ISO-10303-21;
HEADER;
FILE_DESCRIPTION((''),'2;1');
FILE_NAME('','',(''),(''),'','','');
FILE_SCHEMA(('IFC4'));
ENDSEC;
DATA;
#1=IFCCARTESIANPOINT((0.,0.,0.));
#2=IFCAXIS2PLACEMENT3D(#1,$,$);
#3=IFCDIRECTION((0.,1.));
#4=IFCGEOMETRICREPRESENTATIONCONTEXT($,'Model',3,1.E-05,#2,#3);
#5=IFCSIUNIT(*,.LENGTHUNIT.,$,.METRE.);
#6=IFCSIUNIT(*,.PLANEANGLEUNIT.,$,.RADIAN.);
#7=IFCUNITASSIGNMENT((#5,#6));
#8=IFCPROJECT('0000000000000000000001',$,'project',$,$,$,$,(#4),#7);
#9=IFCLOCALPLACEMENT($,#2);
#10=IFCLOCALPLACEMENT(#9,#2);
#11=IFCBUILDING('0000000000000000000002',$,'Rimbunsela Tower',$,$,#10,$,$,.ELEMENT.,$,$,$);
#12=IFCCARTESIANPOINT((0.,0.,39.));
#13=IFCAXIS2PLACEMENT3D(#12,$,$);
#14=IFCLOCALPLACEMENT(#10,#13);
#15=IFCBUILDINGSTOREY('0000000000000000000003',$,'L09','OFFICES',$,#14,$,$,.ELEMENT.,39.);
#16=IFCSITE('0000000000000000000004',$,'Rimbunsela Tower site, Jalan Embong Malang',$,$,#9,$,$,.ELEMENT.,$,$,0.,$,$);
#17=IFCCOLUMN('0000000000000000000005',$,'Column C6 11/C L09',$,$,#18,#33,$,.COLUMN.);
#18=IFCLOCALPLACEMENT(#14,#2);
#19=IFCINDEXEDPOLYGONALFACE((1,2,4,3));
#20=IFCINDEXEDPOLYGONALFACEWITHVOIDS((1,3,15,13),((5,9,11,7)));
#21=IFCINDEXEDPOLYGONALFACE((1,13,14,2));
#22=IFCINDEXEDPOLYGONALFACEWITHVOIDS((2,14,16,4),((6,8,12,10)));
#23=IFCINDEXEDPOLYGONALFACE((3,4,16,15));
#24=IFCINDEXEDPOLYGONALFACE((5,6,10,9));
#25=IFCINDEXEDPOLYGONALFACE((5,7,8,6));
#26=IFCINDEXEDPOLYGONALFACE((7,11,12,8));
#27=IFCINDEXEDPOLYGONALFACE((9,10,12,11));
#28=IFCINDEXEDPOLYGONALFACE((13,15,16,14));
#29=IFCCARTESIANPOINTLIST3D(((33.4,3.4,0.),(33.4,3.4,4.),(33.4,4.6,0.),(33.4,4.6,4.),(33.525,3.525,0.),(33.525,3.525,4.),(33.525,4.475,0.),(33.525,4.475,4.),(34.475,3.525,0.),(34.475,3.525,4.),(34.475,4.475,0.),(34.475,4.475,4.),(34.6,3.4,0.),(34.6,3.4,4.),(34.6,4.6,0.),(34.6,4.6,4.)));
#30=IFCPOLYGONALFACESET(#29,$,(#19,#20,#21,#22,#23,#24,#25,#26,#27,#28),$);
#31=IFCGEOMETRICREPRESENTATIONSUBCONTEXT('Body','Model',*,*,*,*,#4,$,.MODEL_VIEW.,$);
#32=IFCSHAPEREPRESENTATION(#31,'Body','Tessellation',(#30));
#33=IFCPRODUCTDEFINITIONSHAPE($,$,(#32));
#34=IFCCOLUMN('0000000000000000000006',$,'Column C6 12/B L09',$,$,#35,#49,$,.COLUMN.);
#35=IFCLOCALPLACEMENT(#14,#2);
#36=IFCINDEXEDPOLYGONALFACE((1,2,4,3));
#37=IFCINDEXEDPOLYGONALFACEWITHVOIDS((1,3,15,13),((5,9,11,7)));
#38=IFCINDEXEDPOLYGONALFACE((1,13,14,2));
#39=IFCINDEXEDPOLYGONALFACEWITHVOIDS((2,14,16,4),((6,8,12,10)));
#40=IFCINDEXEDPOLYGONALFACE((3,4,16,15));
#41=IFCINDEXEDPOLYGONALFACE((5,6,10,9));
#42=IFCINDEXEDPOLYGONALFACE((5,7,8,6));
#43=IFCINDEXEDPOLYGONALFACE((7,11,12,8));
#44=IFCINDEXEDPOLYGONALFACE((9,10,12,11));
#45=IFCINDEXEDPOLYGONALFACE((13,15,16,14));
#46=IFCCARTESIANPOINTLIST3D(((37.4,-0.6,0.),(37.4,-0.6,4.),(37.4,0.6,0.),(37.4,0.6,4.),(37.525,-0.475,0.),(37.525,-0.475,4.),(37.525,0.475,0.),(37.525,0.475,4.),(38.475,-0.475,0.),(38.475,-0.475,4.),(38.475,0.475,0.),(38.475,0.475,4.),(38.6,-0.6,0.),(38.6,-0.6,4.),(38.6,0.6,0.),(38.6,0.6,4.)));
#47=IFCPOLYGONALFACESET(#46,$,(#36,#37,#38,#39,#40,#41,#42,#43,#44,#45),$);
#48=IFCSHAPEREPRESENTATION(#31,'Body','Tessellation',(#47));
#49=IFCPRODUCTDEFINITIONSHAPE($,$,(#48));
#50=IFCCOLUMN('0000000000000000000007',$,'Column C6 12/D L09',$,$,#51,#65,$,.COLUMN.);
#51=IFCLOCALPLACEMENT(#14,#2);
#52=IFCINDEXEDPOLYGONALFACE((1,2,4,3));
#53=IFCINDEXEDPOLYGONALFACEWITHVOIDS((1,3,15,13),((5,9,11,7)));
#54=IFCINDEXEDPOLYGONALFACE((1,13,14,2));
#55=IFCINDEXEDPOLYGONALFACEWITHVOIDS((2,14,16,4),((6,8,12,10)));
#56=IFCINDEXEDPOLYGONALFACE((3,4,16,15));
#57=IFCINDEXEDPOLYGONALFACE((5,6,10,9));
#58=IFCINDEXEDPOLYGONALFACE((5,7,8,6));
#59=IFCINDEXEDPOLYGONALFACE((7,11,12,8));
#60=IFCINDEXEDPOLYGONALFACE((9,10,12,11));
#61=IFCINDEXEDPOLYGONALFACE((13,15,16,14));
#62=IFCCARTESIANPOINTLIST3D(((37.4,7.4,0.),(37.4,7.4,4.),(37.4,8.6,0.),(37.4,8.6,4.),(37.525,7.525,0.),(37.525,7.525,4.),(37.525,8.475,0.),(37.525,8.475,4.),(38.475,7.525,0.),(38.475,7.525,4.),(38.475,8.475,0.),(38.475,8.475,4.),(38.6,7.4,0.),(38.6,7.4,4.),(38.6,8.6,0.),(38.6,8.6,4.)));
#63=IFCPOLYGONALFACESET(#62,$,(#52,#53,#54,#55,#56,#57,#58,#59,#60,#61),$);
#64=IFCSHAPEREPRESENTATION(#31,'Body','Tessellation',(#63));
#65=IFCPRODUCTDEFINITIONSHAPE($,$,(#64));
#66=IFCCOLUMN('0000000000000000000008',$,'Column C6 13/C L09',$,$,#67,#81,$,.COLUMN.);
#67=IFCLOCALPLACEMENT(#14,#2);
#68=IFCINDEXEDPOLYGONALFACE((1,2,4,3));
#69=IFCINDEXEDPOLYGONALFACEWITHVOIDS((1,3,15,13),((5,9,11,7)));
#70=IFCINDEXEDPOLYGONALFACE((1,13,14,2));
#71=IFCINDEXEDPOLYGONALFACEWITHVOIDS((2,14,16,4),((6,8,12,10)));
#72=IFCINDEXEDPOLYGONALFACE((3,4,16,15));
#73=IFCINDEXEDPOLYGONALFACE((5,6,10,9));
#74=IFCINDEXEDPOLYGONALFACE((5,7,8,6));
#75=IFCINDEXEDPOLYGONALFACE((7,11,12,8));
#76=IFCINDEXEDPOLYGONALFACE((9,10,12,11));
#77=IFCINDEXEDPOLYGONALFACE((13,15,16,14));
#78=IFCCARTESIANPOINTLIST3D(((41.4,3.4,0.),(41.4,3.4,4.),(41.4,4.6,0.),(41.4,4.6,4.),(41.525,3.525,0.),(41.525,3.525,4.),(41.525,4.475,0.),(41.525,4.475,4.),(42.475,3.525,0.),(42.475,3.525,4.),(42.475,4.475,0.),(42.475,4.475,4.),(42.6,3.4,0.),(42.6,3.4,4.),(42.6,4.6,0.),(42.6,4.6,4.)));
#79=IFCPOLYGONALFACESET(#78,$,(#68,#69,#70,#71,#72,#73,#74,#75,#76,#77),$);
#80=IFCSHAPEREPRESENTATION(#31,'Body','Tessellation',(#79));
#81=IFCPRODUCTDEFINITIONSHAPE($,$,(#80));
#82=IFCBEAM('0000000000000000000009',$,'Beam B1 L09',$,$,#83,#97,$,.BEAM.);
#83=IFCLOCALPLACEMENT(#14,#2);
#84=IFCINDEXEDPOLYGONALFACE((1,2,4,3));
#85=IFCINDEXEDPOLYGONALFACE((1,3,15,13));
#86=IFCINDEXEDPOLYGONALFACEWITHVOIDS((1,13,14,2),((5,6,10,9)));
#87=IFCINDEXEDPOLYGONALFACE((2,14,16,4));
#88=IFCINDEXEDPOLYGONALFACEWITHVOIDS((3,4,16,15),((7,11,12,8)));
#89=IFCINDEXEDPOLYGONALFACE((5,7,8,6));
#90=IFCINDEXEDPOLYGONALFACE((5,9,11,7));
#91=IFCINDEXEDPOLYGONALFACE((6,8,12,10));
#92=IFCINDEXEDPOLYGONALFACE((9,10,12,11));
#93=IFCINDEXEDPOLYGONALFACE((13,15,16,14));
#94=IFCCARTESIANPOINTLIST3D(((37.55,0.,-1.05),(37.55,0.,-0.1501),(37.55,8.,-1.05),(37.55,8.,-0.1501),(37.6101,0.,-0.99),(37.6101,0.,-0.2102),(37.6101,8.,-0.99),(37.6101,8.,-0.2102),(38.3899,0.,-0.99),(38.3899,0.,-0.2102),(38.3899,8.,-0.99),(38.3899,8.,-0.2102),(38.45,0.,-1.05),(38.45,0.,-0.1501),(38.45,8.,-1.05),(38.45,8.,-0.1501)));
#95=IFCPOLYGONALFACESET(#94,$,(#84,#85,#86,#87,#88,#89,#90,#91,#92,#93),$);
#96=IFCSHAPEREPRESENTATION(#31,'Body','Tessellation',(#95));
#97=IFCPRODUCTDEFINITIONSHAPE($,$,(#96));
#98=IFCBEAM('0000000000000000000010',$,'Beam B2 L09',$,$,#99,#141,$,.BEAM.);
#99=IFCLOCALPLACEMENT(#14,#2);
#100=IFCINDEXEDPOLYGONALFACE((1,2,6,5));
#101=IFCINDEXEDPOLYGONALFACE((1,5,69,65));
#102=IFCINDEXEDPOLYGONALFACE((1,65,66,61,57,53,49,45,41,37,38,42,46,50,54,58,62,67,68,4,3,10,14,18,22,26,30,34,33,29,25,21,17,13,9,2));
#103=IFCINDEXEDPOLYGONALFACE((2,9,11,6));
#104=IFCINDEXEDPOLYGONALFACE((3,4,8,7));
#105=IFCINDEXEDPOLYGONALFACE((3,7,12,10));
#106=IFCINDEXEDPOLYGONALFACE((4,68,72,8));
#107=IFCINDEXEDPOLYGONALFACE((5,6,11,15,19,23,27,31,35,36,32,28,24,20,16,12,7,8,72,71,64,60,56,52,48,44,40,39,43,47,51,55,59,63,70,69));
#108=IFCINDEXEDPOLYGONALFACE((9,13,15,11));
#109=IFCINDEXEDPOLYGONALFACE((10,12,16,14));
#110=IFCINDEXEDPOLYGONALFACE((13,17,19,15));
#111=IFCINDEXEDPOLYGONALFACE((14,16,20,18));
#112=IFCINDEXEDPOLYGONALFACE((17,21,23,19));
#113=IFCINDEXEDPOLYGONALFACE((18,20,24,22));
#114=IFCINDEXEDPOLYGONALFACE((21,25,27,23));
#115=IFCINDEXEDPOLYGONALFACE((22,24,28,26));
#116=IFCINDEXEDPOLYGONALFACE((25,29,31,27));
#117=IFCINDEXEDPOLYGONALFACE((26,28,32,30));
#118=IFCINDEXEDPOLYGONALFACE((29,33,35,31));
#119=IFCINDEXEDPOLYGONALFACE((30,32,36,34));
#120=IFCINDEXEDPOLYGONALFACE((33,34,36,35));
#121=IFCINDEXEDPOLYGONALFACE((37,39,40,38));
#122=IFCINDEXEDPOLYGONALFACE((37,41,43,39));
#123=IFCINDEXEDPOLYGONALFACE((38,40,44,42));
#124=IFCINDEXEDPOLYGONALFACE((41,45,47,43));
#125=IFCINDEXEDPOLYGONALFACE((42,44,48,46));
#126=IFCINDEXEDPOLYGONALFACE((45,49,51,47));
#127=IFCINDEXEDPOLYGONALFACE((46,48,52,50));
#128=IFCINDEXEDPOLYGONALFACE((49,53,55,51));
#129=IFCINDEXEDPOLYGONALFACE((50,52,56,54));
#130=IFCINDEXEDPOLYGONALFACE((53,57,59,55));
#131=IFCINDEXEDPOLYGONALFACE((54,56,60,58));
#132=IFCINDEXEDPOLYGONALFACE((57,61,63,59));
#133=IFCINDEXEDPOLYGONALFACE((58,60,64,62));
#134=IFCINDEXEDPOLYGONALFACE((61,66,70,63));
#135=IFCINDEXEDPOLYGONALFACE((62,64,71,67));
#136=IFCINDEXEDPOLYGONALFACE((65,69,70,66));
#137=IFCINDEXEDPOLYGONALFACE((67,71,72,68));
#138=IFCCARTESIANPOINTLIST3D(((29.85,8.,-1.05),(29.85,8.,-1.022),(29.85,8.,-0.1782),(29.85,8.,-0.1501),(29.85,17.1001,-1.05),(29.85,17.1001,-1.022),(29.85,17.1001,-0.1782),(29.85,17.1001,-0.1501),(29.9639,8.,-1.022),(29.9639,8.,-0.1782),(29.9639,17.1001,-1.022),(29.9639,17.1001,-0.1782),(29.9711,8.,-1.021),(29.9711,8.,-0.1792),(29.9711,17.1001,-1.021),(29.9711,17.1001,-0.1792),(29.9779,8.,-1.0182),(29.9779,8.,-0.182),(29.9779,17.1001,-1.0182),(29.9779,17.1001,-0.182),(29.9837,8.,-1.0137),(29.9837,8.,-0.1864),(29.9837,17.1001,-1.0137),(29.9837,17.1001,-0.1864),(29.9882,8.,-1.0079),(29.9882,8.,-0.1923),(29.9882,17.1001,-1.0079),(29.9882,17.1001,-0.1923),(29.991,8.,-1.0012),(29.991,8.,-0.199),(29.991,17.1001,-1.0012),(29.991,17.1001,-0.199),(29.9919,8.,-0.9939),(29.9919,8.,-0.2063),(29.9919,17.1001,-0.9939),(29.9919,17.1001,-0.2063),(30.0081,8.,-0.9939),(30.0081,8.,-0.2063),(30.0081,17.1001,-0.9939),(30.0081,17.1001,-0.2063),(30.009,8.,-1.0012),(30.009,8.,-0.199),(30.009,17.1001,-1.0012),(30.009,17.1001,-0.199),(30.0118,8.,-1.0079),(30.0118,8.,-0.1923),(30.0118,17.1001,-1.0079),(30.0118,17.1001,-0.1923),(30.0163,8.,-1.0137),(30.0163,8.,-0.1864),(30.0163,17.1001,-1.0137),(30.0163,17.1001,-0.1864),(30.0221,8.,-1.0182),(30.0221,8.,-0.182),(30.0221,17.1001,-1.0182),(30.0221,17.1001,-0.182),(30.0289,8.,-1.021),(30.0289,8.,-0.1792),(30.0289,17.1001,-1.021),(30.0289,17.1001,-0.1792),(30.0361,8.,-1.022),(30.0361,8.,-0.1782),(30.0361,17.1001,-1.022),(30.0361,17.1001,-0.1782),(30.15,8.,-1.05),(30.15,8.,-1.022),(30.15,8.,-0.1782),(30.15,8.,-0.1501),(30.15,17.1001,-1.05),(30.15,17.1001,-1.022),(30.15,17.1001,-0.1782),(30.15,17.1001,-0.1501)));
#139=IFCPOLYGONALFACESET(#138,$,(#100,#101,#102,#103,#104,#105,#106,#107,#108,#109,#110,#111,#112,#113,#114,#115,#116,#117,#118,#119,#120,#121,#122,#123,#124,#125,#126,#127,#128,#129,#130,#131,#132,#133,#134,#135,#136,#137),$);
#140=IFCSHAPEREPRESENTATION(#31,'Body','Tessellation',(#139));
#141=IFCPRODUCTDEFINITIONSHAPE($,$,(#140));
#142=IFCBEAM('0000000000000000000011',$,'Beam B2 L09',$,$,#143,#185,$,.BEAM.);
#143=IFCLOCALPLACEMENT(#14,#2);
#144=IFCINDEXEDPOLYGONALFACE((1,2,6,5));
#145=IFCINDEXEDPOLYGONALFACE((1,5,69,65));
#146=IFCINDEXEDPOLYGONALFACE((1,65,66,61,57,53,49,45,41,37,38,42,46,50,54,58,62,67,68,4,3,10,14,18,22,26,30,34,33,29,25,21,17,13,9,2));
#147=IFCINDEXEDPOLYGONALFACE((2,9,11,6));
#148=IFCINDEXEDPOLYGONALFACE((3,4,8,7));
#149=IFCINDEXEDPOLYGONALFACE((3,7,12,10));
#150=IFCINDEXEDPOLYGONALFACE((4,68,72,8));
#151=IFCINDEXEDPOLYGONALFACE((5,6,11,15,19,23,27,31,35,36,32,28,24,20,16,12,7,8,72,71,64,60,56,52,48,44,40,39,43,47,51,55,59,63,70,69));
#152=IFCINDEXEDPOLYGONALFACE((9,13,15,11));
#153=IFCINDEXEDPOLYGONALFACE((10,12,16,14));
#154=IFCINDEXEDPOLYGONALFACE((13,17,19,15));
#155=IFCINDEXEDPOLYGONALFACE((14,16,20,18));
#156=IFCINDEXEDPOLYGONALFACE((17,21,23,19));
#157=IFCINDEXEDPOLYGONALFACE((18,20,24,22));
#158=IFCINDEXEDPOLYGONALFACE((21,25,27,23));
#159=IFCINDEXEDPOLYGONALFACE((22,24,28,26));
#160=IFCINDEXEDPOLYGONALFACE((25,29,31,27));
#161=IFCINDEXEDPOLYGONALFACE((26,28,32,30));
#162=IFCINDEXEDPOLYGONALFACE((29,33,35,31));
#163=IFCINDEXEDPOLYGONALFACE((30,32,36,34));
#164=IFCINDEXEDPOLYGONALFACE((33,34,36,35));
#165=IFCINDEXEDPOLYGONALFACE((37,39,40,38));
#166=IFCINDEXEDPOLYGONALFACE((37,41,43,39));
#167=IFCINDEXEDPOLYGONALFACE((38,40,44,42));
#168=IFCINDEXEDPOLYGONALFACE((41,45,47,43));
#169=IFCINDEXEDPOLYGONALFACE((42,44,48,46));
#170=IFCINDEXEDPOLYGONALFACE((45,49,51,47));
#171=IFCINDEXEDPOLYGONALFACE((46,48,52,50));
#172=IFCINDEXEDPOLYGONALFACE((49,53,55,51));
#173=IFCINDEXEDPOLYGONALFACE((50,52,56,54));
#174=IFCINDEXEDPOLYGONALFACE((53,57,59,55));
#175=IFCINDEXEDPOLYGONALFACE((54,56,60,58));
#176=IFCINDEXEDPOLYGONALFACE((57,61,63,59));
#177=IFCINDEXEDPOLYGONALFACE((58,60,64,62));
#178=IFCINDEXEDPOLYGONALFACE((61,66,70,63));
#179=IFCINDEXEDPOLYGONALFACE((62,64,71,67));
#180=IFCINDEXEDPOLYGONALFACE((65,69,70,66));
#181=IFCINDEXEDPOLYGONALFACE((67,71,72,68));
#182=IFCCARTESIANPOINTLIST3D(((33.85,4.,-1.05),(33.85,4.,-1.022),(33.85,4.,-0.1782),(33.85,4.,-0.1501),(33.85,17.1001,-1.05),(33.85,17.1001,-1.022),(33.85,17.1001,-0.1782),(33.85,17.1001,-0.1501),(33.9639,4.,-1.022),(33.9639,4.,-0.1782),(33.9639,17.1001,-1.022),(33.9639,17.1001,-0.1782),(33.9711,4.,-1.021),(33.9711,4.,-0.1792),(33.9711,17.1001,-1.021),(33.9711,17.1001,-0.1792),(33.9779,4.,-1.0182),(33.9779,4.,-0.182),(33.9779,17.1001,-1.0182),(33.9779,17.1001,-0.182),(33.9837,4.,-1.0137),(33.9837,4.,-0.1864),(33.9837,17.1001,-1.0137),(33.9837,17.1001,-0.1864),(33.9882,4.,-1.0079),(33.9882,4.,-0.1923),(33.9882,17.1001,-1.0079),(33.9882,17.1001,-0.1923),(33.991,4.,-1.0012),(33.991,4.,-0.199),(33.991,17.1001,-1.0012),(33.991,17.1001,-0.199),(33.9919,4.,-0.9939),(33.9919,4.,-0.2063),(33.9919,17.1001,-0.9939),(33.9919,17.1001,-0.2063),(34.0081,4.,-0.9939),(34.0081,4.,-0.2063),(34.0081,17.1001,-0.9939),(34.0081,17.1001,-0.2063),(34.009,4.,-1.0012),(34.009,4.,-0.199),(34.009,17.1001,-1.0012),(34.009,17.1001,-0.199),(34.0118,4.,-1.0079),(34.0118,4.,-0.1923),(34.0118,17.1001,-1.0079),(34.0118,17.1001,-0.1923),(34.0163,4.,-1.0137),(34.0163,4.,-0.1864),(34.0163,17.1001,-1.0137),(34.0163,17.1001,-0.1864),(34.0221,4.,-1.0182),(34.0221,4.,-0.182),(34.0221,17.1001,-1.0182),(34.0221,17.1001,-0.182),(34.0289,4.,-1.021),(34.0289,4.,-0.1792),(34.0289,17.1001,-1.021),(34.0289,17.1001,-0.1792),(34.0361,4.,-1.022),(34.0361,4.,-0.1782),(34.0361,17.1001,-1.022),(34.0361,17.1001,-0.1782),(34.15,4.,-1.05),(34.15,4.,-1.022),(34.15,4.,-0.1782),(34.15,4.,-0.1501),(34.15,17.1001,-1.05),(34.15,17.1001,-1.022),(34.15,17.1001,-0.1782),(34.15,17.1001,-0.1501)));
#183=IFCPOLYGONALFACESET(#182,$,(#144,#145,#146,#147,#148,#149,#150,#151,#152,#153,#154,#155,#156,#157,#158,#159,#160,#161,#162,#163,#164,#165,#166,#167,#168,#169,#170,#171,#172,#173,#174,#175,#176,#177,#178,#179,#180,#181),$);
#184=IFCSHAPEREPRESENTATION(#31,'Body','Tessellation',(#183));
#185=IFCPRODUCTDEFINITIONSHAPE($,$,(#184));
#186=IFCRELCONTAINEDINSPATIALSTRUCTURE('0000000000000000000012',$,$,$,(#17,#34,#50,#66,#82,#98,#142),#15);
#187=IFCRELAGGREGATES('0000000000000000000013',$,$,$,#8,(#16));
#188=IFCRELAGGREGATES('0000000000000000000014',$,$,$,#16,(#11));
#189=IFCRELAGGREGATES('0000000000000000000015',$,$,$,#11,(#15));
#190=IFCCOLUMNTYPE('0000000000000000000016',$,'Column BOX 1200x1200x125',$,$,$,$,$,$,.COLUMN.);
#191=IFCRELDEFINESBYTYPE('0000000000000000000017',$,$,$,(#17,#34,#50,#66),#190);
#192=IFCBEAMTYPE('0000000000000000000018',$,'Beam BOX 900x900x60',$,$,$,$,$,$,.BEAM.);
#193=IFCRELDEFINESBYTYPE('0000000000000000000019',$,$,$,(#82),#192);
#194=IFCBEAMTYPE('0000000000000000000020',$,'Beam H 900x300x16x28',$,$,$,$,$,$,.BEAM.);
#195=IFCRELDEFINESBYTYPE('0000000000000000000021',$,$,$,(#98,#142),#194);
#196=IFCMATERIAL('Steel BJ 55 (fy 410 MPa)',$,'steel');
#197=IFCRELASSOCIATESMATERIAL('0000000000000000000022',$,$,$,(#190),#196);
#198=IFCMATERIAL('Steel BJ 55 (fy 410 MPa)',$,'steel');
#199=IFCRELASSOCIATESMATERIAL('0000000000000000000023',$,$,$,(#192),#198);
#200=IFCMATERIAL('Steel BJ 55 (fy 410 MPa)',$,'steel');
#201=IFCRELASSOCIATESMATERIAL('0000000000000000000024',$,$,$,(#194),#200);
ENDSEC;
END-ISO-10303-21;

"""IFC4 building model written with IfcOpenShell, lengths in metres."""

from ifc_helpers import new_model, si_unit, direction, frame, origin, origin_2d, place, context, subcontext, project, spatial, hollow_rectangle, i_section, extrude, material, material_profile, profile_set, type_object, element, save


model = new_model("IFC4")

# Units and contexts
model_context = context("Model", 3, precision=1e-05, world=origin(), true_north=direction((0.0, 1.0)))
body_context = subcontext(model_context, "Body", "Model", "MODEL_VIEW")
ifc_project = project(units=[si_unit("LENGTHUNIT", "METRE"), si_unit("PLANEANGLEUNIT", "RADIAN")], contexts=[model_context])

# Site, building, storey
site_placement = place(None, origin())
site = spatial("IfcSite", under=ifc_project, at=site_placement, Name="Rimbunsela Tower site, Jalan Embong Malang", CompositionType="ELEMENT", RefElevation=0.0)
building_placement = place(site_placement, origin())
building = spatial("IfcBuilding", under=site, at=building_placement, Name="Rimbunsela Tower", CompositionType="ELEMENT")
storey_placement = place(building_placement, frame((0.0, 0.0, 39.0)))
storey = spatial("IfcBuildingStorey", under=building, at=storey_placement, Name="L09", Description="OFFICES", CompositionType="ELEMENT", Elevation=39.0)

# Columns
ifc_material_1 = material(Name="Steel BJ 55 (fy 410 MPa)", Category="steel")
ifc_material_profile_1 = material_profile(ifc_material_1, hollow_rectangle(XDim=1.2, YDim=1.2, WallThickness=0.125, at=origin_2d()), Name="BOX 1200x1200x125")
ifc_profile_set_1 = profile_set([ifc_material_profile_1], Name="Steel BJ 55 (fy 410 MPa)")
column_type = type_object("IfcColumnType", Name="Column BOX 1200x1200x125", PredefinedType="COLUMN", material=ifc_profile_set_1)
for number, where, z_axis, x_axis, name in (
    (1, (34.0, 4.0, 0.0), (0.0, 0.0, 1.0), (1.0, 0.0, 0.0), "Column C6 11/C L09"),
    (2, (38.0, 0.0, 0.0), (0.0, 0.0, 1.0), (1.0, 0.0, 0.0), "Column C6 12/B L09"),
    (3, (38.0, 8.0, 0.0), (0.0, 0.0, 1.0), (1.0, 0.0, 0.0), "Column C6 12/D L09"),
    (4, (42.0, 4.0, 0.0), (0.0, 0.0, 1.0), (1.0, 0.0, 0.0), "Column C6 13/C L09"),
):
    element("IfcColumn", number, at=place(storey_placement, frame(where, z_axis=z_axis, x_axis=x_axis)), inside=storey, type_object=column_type, Name=name, PredefinedType="COLUMN", context=body_context, shape_type="SweptSolid", body=[
        extrude(hollow_rectangle(XDim=1.2, YDim=1.2, WallThickness=0.125, at=origin_2d()), origin(), (0.0, 0.0, 1.0), 4.0),
    ])

# Beams
ifc_material_2 = material(Name="Steel BJ 55 (fy 410 MPa)", Category="steel")
ifc_material_profile_2 = material_profile(ifc_material_2, hollow_rectangle(XDim=0.8999, YDim=0.8999, WallThickness=0.0601, at=origin_2d()), Name="BOX 900x900x60")
ifc_profile_set_2 = profile_set([ifc_material_profile_2], Name="Steel BJ 55 (fy 410 MPa)")
beam_type_1 = type_object("IfcBeamType", Name="Beam BOX 900x900x60", PredefinedType="BEAM", material=ifc_profile_set_2)
beam_1_placement = place(storey_placement, frame((38.0, 0.0, -0.6001), z_axis=(0.0, 1.0, 0.0), x_axis=(-1.0, 0.0, 0.0)))
element("IfcBeam", 5, at=beam_1_placement, inside=storey, type_object=beam_type_1, Name="Beam B1 L09", PredefinedType="BEAM", context=body_context, shape_type="SweptSolid", body=[
    extrude(hollow_rectangle(XDim=0.8999, YDim=0.8999, WallThickness=0.0601, at=origin_2d()), origin(), (0.0, 0.0, 1.0), 8.0),
])
ifc_material_3 = material(Name="Steel BJ 55 (fy 410 MPa)", Category="steel")
ifc_material_profile_3 = material_profile(ifc_material_3, i_section(OverallWidth=0.3, OverallDepth=0.8999, WebThickness=0.0161, FlangeThickness=0.0281, FilletRadius=0.0281, at=origin_2d()), Name="H 900x300x16x28")
ifc_profile_set_3 = profile_set([ifc_material_profile_3], Name="Steel BJ 55 (fy 410 MPa)")
beam_type_2 = type_object("IfcBeamType", Name="Beam H 900x300x16x28", PredefinedType="BEAM", material=ifc_profile_set_3)
beam_2_placement = place(storey_placement, frame((30.0, 8.0, -0.6001), z_axis=(0.0, 1.0, 0.0), x_axis=(-1.0, 0.0, 0.0)))
element("IfcBeam", 6, at=beam_2_placement, inside=storey, type_object=beam_type_2, Name="Beam B2 L09", PredefinedType="BEAM", context=body_context, shape_type="SweptSolid", body=[
    extrude(i_section(OverallWidth=0.3, OverallDepth=0.8999, WebThickness=0.0161, FlangeThickness=0.0281, FilletRadius=0.0281, at=origin_2d()), origin(), (0.0, 0.0, 1.0), 9.1001),
])
beam_3_placement = place(storey_placement, frame((34.0, 4.0, -0.6001), z_axis=(0.0, 1.0, 0.0), x_axis=(-1.0, 0.0, 0.0)))
element("IfcBeam", 7, at=beam_3_placement, inside=storey, type_object=beam_type_2, Name="Beam B2 L09", PredefinedType="BEAM", context=body_context, shape_type="SweptSolid", body=[
    extrude(i_section(OverallWidth=0.3, OverallDepth=0.8999, WebThickness=0.0161, FlangeThickness=0.0281, FilletRadius=0.0281, at=origin_2d()), origin(), (0.0, 0.0, 1.0), 13.1001),
])

save(model, "model.ifc")
